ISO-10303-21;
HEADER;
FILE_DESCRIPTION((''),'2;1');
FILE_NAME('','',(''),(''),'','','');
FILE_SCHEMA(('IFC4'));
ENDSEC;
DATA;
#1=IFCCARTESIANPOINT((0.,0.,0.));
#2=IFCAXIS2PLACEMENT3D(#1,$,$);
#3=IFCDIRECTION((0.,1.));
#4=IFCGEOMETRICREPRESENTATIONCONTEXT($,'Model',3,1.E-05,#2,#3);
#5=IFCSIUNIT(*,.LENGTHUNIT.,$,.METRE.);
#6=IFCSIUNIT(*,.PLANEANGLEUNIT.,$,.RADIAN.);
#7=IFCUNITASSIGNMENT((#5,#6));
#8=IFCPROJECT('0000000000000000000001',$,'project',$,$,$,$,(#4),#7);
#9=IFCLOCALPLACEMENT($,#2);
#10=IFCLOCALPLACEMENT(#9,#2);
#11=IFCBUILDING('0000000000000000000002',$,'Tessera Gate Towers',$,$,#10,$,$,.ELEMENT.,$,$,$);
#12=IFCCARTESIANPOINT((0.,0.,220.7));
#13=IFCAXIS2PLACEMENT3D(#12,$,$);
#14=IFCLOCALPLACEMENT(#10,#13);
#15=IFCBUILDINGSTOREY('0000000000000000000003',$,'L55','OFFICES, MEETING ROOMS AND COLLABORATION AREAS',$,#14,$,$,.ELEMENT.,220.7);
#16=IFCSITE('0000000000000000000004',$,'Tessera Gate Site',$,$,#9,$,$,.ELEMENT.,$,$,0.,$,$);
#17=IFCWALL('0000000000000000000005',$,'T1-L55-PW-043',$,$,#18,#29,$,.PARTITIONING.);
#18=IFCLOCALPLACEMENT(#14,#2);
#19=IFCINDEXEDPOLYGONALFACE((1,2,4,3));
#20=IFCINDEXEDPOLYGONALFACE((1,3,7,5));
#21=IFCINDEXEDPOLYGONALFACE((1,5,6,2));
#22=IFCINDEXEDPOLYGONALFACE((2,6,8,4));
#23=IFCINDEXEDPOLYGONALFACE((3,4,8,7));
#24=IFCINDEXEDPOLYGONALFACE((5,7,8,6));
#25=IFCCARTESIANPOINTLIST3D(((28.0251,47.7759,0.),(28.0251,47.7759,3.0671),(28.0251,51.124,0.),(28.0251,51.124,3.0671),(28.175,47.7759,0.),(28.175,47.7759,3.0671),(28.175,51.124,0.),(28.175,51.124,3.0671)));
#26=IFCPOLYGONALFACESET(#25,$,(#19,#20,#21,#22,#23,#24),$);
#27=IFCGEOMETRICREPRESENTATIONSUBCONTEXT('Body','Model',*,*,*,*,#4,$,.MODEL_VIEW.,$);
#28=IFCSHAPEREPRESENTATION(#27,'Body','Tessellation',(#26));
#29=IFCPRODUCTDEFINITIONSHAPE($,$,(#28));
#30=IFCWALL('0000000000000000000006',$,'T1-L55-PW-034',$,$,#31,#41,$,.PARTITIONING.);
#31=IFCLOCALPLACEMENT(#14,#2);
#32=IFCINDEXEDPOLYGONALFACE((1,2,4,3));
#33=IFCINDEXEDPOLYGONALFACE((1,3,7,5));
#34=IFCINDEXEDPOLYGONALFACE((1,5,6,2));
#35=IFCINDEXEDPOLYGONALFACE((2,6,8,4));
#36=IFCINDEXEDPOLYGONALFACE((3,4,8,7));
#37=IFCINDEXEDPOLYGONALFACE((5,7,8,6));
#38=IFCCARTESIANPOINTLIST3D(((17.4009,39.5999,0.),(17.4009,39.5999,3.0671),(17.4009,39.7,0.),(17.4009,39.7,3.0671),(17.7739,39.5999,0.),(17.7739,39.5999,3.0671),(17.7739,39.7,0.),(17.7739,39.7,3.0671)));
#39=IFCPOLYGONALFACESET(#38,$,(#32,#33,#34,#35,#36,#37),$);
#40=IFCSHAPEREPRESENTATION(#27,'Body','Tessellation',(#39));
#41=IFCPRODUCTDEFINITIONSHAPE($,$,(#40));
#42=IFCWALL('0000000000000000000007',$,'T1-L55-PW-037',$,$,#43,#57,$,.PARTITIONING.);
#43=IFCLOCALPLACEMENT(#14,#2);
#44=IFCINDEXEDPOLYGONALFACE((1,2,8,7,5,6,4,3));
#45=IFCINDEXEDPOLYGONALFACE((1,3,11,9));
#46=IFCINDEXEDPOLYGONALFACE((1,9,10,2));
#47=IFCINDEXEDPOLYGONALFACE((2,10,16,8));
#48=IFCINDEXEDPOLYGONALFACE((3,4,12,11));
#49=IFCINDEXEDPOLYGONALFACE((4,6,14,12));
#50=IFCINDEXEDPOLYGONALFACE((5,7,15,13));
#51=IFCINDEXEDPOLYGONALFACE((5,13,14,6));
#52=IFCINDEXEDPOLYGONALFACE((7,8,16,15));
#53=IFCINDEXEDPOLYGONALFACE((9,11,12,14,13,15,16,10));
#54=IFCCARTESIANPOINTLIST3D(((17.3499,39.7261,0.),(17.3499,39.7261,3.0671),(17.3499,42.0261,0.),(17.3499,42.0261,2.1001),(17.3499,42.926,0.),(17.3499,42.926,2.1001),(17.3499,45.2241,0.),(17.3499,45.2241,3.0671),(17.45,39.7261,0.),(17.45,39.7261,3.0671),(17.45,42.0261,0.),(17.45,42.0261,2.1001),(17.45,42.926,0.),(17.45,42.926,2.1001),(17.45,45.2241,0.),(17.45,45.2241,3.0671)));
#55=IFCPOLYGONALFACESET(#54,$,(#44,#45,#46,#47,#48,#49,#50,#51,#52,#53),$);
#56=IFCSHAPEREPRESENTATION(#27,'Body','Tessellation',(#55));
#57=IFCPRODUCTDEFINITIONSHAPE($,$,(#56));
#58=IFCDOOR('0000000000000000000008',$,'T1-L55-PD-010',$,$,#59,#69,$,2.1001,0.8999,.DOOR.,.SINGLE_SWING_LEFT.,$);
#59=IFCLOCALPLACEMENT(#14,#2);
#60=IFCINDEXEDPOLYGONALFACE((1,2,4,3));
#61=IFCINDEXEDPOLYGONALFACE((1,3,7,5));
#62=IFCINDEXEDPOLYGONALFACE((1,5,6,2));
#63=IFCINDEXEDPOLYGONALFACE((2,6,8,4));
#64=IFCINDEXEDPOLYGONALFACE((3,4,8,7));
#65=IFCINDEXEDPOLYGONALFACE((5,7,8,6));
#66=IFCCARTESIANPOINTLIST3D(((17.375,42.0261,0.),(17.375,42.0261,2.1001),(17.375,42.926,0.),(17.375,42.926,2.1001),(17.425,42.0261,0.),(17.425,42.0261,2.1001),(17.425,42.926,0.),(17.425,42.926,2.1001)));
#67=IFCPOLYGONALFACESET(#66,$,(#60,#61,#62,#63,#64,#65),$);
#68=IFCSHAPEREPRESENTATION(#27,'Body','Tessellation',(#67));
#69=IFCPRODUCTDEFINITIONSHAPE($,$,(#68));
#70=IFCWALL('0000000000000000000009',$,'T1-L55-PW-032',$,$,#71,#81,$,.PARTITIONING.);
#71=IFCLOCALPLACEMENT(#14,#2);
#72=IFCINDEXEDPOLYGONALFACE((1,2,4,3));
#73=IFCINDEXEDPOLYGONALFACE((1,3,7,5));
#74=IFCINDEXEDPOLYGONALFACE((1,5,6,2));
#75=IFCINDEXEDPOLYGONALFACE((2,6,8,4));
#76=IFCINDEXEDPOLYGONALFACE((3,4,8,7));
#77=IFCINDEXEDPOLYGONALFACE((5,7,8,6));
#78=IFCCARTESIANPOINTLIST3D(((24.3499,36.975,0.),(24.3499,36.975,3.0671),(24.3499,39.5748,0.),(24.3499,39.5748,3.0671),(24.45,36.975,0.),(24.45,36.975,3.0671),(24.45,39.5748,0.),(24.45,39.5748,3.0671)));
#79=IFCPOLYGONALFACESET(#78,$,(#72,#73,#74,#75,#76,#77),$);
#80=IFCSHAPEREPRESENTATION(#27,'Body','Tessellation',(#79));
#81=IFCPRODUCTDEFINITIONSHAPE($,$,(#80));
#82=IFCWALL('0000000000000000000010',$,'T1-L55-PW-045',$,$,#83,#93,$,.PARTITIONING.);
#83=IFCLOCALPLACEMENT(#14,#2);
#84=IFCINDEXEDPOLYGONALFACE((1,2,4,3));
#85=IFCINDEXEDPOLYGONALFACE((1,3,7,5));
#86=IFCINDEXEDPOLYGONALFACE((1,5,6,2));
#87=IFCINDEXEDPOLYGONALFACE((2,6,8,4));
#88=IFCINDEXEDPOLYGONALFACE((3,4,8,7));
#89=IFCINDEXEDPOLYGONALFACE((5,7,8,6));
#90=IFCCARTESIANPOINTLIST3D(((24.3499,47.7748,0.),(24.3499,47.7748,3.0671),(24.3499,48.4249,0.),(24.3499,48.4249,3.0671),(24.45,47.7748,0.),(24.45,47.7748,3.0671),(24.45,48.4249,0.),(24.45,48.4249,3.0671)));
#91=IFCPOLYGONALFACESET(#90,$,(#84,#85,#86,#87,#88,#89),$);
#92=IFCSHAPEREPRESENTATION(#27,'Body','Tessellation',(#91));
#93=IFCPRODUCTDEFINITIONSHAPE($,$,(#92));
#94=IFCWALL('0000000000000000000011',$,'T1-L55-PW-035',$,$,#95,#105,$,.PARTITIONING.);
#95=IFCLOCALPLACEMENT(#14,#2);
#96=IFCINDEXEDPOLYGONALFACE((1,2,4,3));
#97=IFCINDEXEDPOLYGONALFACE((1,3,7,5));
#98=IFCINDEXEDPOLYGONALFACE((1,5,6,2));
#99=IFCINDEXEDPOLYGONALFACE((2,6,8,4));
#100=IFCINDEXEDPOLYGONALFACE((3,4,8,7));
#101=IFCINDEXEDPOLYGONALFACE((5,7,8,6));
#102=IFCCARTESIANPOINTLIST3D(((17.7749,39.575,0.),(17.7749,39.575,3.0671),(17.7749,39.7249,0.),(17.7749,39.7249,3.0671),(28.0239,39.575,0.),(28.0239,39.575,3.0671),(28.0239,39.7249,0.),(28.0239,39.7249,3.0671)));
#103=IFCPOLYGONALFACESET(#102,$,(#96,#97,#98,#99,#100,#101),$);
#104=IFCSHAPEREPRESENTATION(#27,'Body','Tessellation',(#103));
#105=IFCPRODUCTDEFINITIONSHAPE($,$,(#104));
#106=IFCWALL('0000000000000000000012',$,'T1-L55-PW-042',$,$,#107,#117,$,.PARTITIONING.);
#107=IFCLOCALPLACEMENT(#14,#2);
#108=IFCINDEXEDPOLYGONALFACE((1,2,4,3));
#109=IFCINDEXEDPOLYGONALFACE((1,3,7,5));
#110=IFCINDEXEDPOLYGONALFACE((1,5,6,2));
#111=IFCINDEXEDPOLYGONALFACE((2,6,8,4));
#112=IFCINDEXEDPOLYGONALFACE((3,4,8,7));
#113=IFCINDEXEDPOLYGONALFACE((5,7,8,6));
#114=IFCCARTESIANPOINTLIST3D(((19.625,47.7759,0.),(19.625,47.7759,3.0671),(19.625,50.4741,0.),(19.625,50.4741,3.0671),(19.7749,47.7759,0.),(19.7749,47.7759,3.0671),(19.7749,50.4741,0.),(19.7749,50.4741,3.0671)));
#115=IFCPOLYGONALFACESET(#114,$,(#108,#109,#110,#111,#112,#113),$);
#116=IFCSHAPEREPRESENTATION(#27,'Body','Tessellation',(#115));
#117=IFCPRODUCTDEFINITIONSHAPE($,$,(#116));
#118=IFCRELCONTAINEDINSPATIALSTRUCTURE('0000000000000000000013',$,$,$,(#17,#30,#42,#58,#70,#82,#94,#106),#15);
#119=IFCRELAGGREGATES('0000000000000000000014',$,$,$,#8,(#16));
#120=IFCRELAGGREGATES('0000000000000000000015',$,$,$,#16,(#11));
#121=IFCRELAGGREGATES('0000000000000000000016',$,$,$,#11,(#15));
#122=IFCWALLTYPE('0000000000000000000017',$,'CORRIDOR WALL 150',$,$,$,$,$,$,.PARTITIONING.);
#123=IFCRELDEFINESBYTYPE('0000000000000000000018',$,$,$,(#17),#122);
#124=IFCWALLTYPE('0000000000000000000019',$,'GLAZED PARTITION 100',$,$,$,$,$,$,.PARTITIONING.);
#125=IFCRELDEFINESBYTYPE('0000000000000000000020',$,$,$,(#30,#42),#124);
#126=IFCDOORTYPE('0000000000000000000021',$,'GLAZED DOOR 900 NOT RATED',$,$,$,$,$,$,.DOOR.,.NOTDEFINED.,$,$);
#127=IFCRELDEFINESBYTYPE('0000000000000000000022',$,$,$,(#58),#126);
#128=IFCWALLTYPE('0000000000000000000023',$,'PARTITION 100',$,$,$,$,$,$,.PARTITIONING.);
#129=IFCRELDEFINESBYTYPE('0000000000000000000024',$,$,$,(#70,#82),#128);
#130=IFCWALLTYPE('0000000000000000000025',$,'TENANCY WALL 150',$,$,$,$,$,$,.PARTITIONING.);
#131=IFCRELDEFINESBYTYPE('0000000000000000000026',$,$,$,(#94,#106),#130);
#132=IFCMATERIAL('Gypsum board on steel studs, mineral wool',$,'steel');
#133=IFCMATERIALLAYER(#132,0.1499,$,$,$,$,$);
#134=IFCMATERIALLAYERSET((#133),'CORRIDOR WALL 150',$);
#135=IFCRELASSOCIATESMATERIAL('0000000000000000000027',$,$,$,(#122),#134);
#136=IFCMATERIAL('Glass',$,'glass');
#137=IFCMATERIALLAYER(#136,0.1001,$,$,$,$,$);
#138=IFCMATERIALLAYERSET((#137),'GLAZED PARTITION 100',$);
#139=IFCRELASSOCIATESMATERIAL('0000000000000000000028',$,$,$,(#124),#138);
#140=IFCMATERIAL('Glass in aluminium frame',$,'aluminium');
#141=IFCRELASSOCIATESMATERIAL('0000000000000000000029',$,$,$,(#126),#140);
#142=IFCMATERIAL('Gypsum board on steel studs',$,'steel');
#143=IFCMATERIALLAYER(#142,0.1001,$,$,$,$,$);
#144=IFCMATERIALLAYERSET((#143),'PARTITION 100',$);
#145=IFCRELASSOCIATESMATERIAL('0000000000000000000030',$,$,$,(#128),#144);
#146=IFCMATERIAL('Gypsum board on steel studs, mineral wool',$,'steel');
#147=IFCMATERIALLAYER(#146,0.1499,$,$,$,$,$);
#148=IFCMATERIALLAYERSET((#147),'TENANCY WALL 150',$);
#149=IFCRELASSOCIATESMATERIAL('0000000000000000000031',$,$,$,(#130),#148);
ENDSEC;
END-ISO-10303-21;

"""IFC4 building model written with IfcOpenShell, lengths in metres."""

from ifc_helpers import new_model, si_unit, direction, frame, frame_2d, origin, place, context, subcontext, project, spatial, rectangle, extrude, source, transform, mapped, material, layer, layer_set, type_object, element, fill, save


model = new_model("IFC4")

# Units and contexts
model_context = context("Model", 3, precision=1e-05, world=origin(), true_north=direction((0.0, 1.0)))
body_context = subcontext(model_context, "Body", "Model", "MODEL_VIEW")
ifc_project = project(units=[si_unit("LENGTHUNIT", "METRE"), si_unit("PLANEANGLEUNIT", "RADIAN")], contexts=[model_context])

# Site, building, storey
site_placement = place(None, origin())
site = spatial("IfcSite", under=ifc_project, at=site_placement, Name="Tessera Gate Site", CompositionType="ELEMENT", RefElevation=0.0)
building_placement = place(site_placement, origin())
building = spatial("IfcBuilding", under=site, at=building_placement, Name="Tessera Gate Towers", CompositionType="ELEMENT")
storey_placement = place(building_placement, frame((0.0, 0.0, 220.7)))
storey = spatial("IfcBuildingStorey", under=building, at=storey_placement, Name="L55", Description="OFFICES, MEETING ROOMS AND COLLABORATION AREAS", CompositionType="ELEMENT", Elevation=220.7)

# Shared definitions
ifc_material_1 = material(Name="Gypsum board on steel studs, mineral wool", Category="steel")
ifc_layer_1 = layer(ifc_material_1, 0.1499)
ifc_layer_set_1 = layer_set([ifc_layer_1], Name="CORRIDOR WALL 150")
wall_type_1 = type_object("IfcWallType", Name="CORRIDOR WALL 150", PredefinedType="PARTITIONING", material=ifc_layer_set_1)

# Walls
wall_1_placement = place(storey_placement, frame((28.1001, 47.7759, 0.0), z_axis=(0.0, 0.0, 1.0), x_axis=(0.0, 1.0, 0.0)))
element("IfcWall", 1, at=wall_1_placement, inside=storey, type_object=wall_type_1, Name="T1-L55-PW-043", PredefinedType="PARTITIONING", context=body_context, shape_type="SweptSolid", body=[
    extrude(rectangle(XDim=3.3481, YDim=0.1499, at=frame_2d((1.6741, 0.0))), origin(), (0.0, 0.0, 1.0), 3.0671),
])
ifc_material_2 = material(Name="Glass", Category="glass")
ifc_layer_2 = layer(ifc_material_2, 0.1001)
ifc_layer_set_2 = layer_set([ifc_layer_2], Name="GLAZED PARTITION 100")
wall_type_2 = type_object("IfcWallType", Name="GLAZED PARTITION 100", PredefinedType="PARTITIONING", material=ifc_layer_set_2)
wall_2_placement = place(storey_placement, frame((17.4009, 39.6499, 0.0), z_axis=(0.0, 0.0, 1.0), x_axis=(1.0, 0.0, 0.0)))
element("IfcWall", 2, at=wall_2_placement, inside=storey, type_object=wall_type_2, Name="T1-L55-PW-034", PredefinedType="PARTITIONING", context=body_context, shape_type="SweptSolid", body=[
    extrude(rectangle(XDim=0.373, YDim=0.1001, at=frame_2d((0.1865, 0.0))), origin(), (0.0, 0.0, 1.0), 3.0671),
])

# Wall, opening, door
wall_3_placement = place(storey_placement, frame((17.3999, 39.7261, 0.0), z_axis=(0.0, 0.0, 1.0), x_axis=(0.0, 1.0, 0.0)))
wall_3 = element("IfcWall", 3, at=wall_3_placement, inside=storey, type_object=wall_type_2, Name="T1-L55-PW-037", PredefinedType="PARTITIONING", context=body_context, shape_type="SweptSolid", body=[
    extrude(rectangle(XDim=5.498, YDim=0.1001, at=frame_2d((2.749, 0.0))), origin(), (0.0, 0.0, 1.0), 3.0671),
])
shared_shape_1 = source(origin(), body_context, "Body", "SweptSolid", [
    extrude(rectangle(XDim=0.8999, YDim=2.1001, at=frame_2d((0.45, 1.05))), frame((0.0, 0.0601, 0.0), z_axis=(0.0, -1.0, 0.0), x_axis=(1.0, 0.0, 0.0)), (0.0, 0.0, 1.0), 0.1201),
])
opening_1_placement = place(wall_3_placement, frame((2.3, 0.0, 0.0)))
opening_1 = element("IfcOpeningElement", 4, at=opening_1_placement, cuts=wall_3, PredefinedType="OPENING", context=body_context, shape_type="MappedRepresentation", body=[
    mapped(shared_shape_1, transform((0.0, 0.0, 0.0), scale=1.0)),
])
ifc_material_3 = material(Name="Glass in aluminium frame", Category="aluminium")
door_type_1 = type_object("IfcDoorType", Name="GLAZED DOOR 900 NOT RATED", OperationType="NOTDEFINED", PredefinedType="DOOR", material=ifc_material_3)
shared_shape_2 = source(origin(), body_context, "Body", "SweptSolid", [
    extrude(rectangle(XDim=0.8999, YDim=2.1001, at=frame_2d((0.45, 1.05))), frame((0.0, 0.0249, 0.0), z_axis=(0.0, -1.0, 0.0), x_axis=(1.0, 0.0, 0.0)), (0.0, 0.0, 1.0), 0.05),
])
door_1_placement = place(opening_1_placement, origin())
door_1 = element("IfcDoor", 5, at=door_1_placement, inside=storey, type_object=door_type_1, Name="T1-L55-PD-010", OperationType="SINGLE_SWING_LEFT", OverallHeight=2.1001, OverallWidth=0.8999, PredefinedType="DOOR", context=body_context, shape_type="MappedRepresentation", body=[
    mapped(shared_shape_2, transform((0.0, 0.0, 0.0), scale=1.0)),
])
fill(opening_1, door_1)

# Walls
ifc_material_4 = material(Name="Gypsum board on steel studs", Category="steel")
ifc_layer_3 = layer(ifc_material_4, 0.1001)
ifc_layer_set_3 = layer_set([ifc_layer_3], Name="PARTITION 100")
wall_type_3 = type_object("IfcWallType", Name="PARTITION 100", PredefinedType="PARTITIONING", material=ifc_layer_set_3)
wall_4_placement = place(storey_placement, frame((24.3999, 36.9751, 0.0), z_axis=(0.0, 0.0, 1.0), x_axis=(0.0, 1.0, 0.0)))
element("IfcWall", 6, at=wall_4_placement, inside=storey, type_object=wall_type_3, Name="T1-L55-PW-032", PredefinedType="PARTITIONING", context=body_context, shape_type="SweptSolid", body=[
    extrude(rectangle(XDim=2.5999, YDim=0.1001, at=frame_2d((1.2998, 0.0))), origin(), (0.0, 0.0, 1.0), 3.0671),
])
wall_5_placement = place(storey_placement, frame((24.3999, 48.425, 0.0), z_axis=(0.0, 0.0, 1.0), x_axis=(0.0, -1.0, 0.0)))
element("IfcWall", 7, at=wall_5_placement, inside=storey, type_object=wall_type_3, Name="T1-L55-PW-045", PredefinedType="PARTITIONING", context=body_context, shape_type="SweptSolid", body=[
    extrude(rectangle(XDim=0.6501, YDim=0.1001, at=frame_2d((0.3252, 0.0))), origin(), (0.0, 0.0, 1.0), 3.0671),
])
ifc_material_5 = material(Name="Gypsum board on steel studs, mineral wool", Category="steel")
ifc_layer_4 = layer(ifc_material_5, 0.1499)
ifc_layer_set_4 = layer_set([ifc_layer_4], Name="TENANCY WALL 150")
wall_type_4 = type_object("IfcWallType", Name="TENANCY WALL 150", PredefinedType="PARTITIONING", material=ifc_layer_set_4)
wall_6_placement = place(storey_placement, frame((17.7749, 39.6499, 0.0), z_axis=(0.0, 0.0, 1.0), x_axis=(1.0, 0.0, 0.0)))
element("IfcWall", 8, at=wall_6_placement, inside=storey, type_object=wall_type_4, Name="T1-L55-PW-035", PredefinedType="PARTITIONING", context=body_context, shape_type="SweptSolid", body=[
    extrude(rectangle(XDim=10.249, YDim=0.1499, at=frame_2d((5.1245, 0.0))), origin(), (0.0, 0.0, 1.0), 3.0671),
])
wall_7_placement = place(storey_placement, frame((19.7, 47.7759, 0.0), z_axis=(0.0, 0.0, 1.0), x_axis=(0.0, 1.0, 0.0)))
element("IfcWall", 9, at=wall_7_placement, inside=storey, type_object=wall_type_4, Name="T1-L55-PW-042", PredefinedType="PARTITIONING", context=body_context, shape_type="SweptSolid", body=[
    extrude(rectangle(XDim=2.6982, YDim=0.1499, at=frame_2d((1.3491, 0.0))), origin(), (0.0, 0.0, 1.0), 3.0671),
])

save(model, "model.ifc")
